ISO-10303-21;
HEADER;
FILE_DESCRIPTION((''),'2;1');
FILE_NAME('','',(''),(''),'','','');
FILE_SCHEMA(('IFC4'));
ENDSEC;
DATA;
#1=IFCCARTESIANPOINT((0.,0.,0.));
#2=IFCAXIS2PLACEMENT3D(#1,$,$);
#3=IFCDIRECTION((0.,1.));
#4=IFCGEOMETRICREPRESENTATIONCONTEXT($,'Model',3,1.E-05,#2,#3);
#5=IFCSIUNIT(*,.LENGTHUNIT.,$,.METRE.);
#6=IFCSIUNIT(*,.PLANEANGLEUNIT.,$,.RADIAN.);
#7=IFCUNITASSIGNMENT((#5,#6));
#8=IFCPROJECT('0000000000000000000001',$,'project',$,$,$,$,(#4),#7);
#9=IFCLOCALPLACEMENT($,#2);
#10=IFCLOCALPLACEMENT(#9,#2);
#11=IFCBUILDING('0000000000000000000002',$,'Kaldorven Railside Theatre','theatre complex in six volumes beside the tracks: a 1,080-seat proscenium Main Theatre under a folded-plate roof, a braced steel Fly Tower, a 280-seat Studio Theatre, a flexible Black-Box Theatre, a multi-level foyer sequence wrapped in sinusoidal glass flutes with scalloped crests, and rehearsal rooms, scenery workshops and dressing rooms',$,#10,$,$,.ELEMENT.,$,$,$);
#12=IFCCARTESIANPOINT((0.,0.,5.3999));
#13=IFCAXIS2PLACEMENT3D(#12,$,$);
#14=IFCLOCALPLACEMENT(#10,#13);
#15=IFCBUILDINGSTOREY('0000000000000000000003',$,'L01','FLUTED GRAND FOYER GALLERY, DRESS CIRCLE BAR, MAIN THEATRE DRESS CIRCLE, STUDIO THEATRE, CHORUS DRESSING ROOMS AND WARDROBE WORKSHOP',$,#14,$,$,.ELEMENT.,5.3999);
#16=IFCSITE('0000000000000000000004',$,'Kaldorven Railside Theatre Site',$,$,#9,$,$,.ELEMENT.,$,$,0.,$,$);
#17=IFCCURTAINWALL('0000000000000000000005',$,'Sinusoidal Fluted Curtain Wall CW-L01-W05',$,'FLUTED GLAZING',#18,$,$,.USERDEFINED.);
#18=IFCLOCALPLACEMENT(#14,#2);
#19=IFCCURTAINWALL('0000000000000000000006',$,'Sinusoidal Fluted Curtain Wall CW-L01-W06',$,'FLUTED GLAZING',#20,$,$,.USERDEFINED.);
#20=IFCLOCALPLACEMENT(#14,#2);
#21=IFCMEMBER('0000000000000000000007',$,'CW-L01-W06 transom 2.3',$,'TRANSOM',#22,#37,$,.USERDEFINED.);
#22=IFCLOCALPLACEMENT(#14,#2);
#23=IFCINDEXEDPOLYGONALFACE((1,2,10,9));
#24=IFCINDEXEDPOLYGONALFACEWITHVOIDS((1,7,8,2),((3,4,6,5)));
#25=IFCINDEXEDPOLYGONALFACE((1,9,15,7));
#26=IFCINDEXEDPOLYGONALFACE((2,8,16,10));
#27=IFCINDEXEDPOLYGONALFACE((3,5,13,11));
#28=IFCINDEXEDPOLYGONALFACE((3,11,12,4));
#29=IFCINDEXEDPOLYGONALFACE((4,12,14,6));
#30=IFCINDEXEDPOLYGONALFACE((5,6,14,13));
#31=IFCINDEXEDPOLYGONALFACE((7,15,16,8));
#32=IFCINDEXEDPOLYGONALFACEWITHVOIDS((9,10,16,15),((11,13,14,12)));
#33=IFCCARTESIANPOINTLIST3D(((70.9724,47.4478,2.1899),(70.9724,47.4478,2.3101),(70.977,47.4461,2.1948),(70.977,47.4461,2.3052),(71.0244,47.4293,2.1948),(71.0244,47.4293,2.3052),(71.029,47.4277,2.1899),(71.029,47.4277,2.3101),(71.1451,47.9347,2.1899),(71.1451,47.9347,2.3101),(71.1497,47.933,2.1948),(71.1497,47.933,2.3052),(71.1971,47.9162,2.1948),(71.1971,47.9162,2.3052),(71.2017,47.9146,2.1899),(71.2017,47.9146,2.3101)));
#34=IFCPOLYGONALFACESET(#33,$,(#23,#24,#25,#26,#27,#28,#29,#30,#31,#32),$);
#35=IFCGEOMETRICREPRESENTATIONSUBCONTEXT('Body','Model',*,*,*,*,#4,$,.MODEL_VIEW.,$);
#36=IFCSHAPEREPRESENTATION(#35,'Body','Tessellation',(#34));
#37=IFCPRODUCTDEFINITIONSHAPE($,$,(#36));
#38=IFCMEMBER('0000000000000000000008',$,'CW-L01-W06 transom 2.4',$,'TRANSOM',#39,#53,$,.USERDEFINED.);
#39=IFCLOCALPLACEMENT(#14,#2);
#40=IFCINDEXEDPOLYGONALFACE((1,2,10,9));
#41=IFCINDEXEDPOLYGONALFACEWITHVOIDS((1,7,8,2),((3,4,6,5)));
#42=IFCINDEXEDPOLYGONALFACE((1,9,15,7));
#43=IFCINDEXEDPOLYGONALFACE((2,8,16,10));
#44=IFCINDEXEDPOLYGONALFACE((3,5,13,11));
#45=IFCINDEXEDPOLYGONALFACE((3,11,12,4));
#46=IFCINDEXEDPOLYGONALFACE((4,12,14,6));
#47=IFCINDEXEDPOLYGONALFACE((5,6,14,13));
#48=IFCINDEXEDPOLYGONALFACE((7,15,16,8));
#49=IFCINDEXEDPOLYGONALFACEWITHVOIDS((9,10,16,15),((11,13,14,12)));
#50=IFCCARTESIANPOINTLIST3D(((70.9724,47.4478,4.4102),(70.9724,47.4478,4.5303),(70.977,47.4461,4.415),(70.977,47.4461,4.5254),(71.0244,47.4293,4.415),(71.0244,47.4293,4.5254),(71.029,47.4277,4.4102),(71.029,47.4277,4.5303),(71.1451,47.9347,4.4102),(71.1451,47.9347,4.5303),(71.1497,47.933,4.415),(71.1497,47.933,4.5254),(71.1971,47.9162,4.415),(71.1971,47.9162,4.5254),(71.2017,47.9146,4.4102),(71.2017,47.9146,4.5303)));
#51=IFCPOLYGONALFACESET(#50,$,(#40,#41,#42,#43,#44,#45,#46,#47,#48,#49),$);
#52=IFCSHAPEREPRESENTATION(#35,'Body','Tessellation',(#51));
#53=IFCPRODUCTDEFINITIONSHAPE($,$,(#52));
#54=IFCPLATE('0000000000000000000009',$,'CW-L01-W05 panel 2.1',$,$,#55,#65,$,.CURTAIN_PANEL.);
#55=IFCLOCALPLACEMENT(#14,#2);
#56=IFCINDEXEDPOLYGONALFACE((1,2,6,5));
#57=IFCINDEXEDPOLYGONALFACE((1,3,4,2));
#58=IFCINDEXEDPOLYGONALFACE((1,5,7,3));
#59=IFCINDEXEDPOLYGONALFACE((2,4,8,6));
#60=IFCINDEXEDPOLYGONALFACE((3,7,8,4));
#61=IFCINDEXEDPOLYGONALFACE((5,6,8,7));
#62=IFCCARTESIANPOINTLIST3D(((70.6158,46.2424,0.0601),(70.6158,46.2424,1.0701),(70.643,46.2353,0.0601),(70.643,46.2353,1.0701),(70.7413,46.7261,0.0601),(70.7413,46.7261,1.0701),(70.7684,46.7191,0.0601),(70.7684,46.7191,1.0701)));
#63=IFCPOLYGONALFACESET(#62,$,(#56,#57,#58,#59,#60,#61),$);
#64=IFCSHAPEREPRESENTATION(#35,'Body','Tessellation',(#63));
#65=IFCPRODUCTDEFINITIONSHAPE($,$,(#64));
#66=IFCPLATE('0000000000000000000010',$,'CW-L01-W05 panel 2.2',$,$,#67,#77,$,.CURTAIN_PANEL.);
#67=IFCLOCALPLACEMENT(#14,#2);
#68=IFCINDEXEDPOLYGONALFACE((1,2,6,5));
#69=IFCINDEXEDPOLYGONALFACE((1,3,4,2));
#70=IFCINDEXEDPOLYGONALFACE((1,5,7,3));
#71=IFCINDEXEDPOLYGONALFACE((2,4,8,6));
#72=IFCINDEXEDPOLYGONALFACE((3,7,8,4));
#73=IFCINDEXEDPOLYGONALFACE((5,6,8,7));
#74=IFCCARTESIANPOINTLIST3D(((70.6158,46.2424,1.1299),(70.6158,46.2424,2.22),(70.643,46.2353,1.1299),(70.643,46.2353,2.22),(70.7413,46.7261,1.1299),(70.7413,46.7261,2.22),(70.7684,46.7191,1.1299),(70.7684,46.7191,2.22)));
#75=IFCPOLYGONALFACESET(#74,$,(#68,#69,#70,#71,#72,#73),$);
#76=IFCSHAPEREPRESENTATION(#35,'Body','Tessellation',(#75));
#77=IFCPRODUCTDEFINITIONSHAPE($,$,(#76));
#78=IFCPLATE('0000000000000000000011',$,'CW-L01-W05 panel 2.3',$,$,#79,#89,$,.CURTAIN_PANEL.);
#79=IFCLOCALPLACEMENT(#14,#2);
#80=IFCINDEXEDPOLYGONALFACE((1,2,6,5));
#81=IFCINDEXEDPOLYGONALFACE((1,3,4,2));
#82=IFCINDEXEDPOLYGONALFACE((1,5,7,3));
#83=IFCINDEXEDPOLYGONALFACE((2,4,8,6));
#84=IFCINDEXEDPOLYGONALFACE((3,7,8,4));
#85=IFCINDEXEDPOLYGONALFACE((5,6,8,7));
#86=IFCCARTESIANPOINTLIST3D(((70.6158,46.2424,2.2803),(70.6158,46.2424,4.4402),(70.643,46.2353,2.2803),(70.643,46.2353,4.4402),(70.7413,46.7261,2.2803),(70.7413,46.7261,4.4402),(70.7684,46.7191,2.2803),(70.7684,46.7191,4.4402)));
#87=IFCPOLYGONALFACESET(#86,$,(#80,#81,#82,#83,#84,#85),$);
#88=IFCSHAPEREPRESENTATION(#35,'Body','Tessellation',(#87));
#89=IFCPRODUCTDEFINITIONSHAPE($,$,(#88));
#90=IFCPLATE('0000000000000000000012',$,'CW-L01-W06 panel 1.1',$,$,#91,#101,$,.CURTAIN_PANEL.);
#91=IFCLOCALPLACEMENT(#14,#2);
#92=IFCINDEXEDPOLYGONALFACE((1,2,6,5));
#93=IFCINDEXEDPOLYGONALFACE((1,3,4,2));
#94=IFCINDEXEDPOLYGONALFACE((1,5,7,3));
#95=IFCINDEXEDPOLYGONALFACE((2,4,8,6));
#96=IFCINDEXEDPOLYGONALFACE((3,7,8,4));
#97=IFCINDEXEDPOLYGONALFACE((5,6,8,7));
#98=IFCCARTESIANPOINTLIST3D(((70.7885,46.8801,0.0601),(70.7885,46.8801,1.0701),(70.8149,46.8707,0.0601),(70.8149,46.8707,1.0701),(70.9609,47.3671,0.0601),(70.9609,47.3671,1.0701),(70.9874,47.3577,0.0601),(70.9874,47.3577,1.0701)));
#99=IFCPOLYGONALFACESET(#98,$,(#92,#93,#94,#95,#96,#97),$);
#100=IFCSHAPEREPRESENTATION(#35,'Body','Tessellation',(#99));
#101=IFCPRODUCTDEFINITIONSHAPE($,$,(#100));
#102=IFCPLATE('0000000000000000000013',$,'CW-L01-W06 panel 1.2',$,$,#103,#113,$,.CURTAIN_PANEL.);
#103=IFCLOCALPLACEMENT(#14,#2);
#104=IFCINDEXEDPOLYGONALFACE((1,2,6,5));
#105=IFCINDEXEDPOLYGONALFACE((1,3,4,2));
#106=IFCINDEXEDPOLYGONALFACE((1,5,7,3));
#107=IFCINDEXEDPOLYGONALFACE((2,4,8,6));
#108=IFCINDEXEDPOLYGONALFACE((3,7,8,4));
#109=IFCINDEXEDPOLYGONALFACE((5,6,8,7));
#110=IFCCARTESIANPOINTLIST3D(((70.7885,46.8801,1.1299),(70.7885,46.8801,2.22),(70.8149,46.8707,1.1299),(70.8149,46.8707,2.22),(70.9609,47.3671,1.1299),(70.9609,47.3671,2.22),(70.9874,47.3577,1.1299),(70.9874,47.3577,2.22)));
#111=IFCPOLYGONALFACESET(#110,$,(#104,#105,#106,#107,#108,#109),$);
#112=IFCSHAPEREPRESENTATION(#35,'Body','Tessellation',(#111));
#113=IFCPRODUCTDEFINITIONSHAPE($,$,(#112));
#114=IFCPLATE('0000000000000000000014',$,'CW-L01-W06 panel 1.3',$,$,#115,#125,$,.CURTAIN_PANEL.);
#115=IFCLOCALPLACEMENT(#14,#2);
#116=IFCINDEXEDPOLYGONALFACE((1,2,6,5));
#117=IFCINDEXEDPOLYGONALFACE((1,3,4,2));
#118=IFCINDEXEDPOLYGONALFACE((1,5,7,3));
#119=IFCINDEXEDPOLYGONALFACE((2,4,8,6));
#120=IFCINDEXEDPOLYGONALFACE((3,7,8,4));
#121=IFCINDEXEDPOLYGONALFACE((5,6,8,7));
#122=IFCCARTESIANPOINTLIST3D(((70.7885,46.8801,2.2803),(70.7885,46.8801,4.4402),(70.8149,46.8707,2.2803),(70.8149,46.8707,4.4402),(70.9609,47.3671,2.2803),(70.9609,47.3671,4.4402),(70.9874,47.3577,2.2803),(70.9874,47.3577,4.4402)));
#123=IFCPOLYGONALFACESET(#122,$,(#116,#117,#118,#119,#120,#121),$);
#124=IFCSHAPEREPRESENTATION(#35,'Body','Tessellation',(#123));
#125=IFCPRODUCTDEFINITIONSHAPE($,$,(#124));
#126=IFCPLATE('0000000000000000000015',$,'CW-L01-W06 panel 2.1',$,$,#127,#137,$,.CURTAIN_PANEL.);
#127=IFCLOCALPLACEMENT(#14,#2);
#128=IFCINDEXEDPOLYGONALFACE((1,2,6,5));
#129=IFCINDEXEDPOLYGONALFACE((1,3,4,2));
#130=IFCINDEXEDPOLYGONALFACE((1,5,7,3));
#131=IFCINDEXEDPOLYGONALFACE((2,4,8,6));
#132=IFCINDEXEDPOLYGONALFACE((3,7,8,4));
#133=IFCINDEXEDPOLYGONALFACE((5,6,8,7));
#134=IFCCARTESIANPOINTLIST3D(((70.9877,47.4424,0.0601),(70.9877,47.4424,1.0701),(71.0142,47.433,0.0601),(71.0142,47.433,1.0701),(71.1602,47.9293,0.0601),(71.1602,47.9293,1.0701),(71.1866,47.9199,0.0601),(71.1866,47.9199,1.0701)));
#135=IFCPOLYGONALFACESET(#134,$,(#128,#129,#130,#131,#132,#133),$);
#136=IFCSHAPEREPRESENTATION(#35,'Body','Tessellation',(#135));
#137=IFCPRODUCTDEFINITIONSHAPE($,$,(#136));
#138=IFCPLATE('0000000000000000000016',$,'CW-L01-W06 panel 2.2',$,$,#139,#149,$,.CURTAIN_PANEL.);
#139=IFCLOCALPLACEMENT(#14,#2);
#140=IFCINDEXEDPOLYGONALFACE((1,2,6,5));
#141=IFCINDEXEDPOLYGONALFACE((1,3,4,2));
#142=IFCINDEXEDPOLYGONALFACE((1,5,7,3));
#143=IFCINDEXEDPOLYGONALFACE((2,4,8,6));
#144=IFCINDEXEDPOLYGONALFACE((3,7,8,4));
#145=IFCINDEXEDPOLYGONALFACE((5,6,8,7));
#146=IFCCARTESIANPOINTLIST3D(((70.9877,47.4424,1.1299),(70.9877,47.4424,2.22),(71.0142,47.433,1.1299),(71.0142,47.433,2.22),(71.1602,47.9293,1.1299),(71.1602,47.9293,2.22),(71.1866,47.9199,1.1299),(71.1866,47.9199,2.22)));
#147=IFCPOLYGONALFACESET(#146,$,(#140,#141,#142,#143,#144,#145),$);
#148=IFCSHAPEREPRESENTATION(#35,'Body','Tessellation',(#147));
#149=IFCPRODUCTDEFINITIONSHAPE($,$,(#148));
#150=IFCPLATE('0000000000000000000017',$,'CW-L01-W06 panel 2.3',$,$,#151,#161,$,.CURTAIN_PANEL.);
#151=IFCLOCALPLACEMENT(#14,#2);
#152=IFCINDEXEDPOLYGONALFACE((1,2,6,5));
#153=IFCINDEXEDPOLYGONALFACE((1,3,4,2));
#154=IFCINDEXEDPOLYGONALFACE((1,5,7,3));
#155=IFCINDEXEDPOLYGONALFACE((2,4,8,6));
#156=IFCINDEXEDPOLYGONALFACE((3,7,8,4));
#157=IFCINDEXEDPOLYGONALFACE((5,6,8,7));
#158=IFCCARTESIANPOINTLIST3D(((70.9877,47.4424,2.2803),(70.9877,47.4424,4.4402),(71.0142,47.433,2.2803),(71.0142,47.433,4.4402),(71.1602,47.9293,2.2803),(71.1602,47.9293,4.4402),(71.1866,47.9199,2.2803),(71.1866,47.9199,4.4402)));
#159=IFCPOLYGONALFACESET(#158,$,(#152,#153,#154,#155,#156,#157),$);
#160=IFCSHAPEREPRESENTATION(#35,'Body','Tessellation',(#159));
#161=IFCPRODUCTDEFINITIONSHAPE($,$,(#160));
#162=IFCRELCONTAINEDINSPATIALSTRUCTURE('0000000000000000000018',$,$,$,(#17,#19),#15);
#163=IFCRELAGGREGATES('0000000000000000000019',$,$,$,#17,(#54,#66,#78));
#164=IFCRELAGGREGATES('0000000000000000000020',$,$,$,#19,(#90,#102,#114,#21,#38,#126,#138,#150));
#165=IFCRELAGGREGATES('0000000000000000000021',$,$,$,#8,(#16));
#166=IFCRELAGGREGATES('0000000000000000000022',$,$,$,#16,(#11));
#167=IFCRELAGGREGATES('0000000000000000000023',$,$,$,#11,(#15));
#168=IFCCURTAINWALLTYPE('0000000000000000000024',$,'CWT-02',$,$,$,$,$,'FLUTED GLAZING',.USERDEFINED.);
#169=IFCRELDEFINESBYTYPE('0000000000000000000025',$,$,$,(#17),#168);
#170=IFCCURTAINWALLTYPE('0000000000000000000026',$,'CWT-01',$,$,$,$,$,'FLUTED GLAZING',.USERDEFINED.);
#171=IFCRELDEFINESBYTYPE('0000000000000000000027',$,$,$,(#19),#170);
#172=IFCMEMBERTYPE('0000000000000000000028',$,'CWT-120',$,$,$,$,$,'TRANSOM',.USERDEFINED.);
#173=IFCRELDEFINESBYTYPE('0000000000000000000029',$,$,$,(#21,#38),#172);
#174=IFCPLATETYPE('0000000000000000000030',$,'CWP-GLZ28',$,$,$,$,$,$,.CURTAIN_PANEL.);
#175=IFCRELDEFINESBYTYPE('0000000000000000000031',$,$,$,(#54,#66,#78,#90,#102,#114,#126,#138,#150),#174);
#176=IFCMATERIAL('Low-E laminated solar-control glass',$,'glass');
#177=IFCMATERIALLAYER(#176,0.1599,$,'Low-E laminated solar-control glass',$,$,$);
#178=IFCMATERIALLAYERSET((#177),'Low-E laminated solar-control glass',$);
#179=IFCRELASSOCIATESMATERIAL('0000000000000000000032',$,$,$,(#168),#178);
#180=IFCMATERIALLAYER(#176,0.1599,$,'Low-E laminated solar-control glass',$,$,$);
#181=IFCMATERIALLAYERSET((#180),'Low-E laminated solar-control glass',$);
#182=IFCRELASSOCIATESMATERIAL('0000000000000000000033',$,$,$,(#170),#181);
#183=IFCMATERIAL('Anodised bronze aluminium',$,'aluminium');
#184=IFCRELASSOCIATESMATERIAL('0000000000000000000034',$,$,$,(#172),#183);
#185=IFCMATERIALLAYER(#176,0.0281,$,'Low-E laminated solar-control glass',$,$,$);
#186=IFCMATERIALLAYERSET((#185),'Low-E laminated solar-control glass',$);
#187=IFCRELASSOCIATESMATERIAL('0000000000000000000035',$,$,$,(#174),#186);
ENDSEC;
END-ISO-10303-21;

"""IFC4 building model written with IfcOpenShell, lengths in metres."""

from ifc_helpers import new_model, si_unit, direction, frame, origin, origin_2d, place, context, subcontext, project, spatial, rectangle, hollow_rectangle, extrude, material, layer, layer_set, material_profile, profile_set, type_object, element, aggregate, save


model = new_model("IFC4")

# Units and contexts
model_context = context("Model", 3, precision=1e-05, world=origin(), true_north=direction((0.0, 1.0)))
body_context = subcontext(model_context, "Body", "Model", "MODEL_VIEW")
ifc_project = project(units=[si_unit("LENGTHUNIT", "METRE"), si_unit("PLANEANGLEUNIT", "RADIAN")], contexts=[model_context])

# Site, building, storey
site_placement = place(None, origin())
site = spatial("IfcSite", under=ifc_project, at=site_placement, Name="Kaldorven Railside Theatre Site", CompositionType="ELEMENT", RefElevation=0.0)
building_placement = place(site_placement, origin())
building = spatial("IfcBuilding", under=site, at=building_placement, Name="Kaldorven Railside Theatre", Description="theatre complex in six volumes beside the tracks: a 1,080-seat proscenium Main Theatre under a folded-plate roof, a braced steel Fly Tower, a 280-seat Studio Theatre, a flexible Black-Box Theatre, a multi-level foyer sequence wrapped in sinusoidal glass flutes with scalloped crests, and rehearsal rooms, scenery workshops and dressing rooms", CompositionType="ELEMENT")
storey_placement = place(building_placement, frame((0.0, 0.0, 5.3999)))
storey = spatial("IfcBuildingStorey", under=building, at=storey_placement, Name="L01", Description="FLUTED GRAND FOYER GALLERY, DRESS CIRCLE BAR, MAIN THEATRE DRESS CIRCLE, STUDIO THEATRE, CHORUS DRESSING ROOMS AND WARDROBE WORKSHOP", CompositionType="ELEMENT", Elevation=5.3999)

# Curtain wall
ifc_material_1 = material(Name="Low-E laminated solar-control glass", Category="glass")
ifc_layer_1 = layer(ifc_material_1, 0.1599, Name="Low-E laminated solar-control glass")
ifc_layer_set_1 = layer_set([ifc_layer_1], Name="Low-E laminated solar-control glass")
curtain_wall_type_1 = type_object("IfcCurtainWallType", Name="CWT-02", ElementType="FLUTED GLAZING", PredefinedType="USERDEFINED", material=ifc_layer_set_1)
curtain_wall_1_placement = place(storey_placement, origin())
curtain_wall_1 = element("IfcCurtainWall", 1, at=curtain_wall_1_placement, inside=storey, type_object=curtain_wall_type_1, Name="Sinusoidal Fluted Curtain Wall CW-L01-W05", ObjectType="FLUTED GLAZING", PredefinedType="USERDEFINED")
ifc_material_2 = material(Name="Anodised bronze aluminium", Category="aluminium")

# Curtain wall
ifc_layer_2 = layer(ifc_material_1, 0.1599, Name="Low-E laminated solar-control glass")
ifc_layer_set_2 = layer_set([ifc_layer_2], Name="Low-E laminated solar-control glass")
curtain_wall_type_2 = type_object("IfcCurtainWallType", Name="CWT-01", ElementType="FLUTED GLAZING", PredefinedType="USERDEFINED", material=ifc_layer_set_2)
curtain_wall_2_placement = place(storey_placement, origin())
curtain_wall_2 = element("IfcCurtainWall", 2, at=curtain_wall_2_placement, inside=storey, type_object=curtain_wall_type_2, Name="Sinusoidal Fluted Curtain Wall CW-L01-W06", ObjectType="FLUTED GLAZING", PredefinedType="USERDEFINED")

# Members
ifc_material_profile_1 = material_profile(ifc_material_2, hollow_rectangle(XDim=0.0601, YDim=0.1201, WallThickness=0.0049, at=origin_2d()), Name="RHS 120x60x5")
ifc_profile_set_1 = profile_set([ifc_material_profile_1], Name="Anodised bronze aluminium")
member_type_1 = type_object("IfcMemberType", Name="CWT-120", ElementType="TRANSOM", PredefinedType="USERDEFINED", material=ifc_profile_set_1)
member_1_placement = place(storey_placement, frame((71.0007, 47.4377, 2.25), z_axis=(0.33418, 0.942509, 0.0), x_axis=(-0.942509, 0.33418, 0.0)))
member_1 = element("IfcMember", 3, at=member_1_placement, type_object=member_type_1, Name="CW-L01-W06 transom 2.3", ObjectType="TRANSOM", PredefinedType="USERDEFINED", context=body_context, shape_type="SweptSolid", body=[
    extrude(hollow_rectangle(XDim=0.0601, YDim=0.1201, WallThickness=0.0049, at=origin_2d()), origin(), (0.0, 0.0, 1.0), 0.5166),
])
member_2_placement = place(storey_placement, frame((71.0007, 47.4377, 4.4702), z_axis=(0.33418, 0.942509, 0.0), x_axis=(-0.942509, 0.33418, 0.0)))
member_2 = element("IfcMember", 4, at=member_2_placement, type_object=member_type_1, Name="CW-L01-W06 transom 2.4", ObjectType="TRANSOM", PredefinedType="USERDEFINED", context=body_context, shape_type="SweptSolid", body=[
    extrude(hollow_rectangle(XDim=0.0601, YDim=0.1201, WallThickness=0.0049, at=origin_2d()), origin(), (0.0, 0.0, 1.0), 0.5166),
])

# Plates
ifc_layer_3 = layer(ifc_material_1, 0.0281, Name="Low-E laminated solar-control glass")
ifc_layer_set_3 = layer_set([ifc_layer_3], Name="Low-E laminated solar-control glass")
plate_type = type_object("IfcPlateType", Name="CWP-GLZ28", PredefinedType="CURTAIN_PANEL", material=ifc_layer_set_3)
plate_1_placement = place(storey_placement, frame((70.6921, 46.4807, 0.0601), z_axis=(0.0, 0.0, 1.0), x_axis=(0.250954, 0.967999, 0.0)))
plate_1 = element("IfcPlate", 5, at=plate_1_placement, type_object=plate_type, Name="CW-L01-W05 panel 2.1", PredefinedType="CURTAIN_PANEL", context=body_context, shape_type="SweptSolid", body=[
    extrude(rectangle(XDim=0.4998, YDim=0.0281, at=origin_2d()), origin(), (0.0, 0.0, 1.0), 1.01),
])
plate_2_placement = place(storey_placement, frame((70.6921, 46.4807, 1.1299), z_axis=(0.0, 0.0, 1.0), x_axis=(0.250954, 0.967999, 0.0)))
plate_2 = element("IfcPlate", 6, at=plate_2_placement, type_object=plate_type, Name="CW-L01-W05 panel 2.2", PredefinedType="CURTAIN_PANEL", context=body_context, shape_type="SweptSolid", body=[
    extrude(rectangle(XDim=0.4998, YDim=0.0281, at=origin_2d()), origin(), (0.0, 0.0, 1.0), 1.0901),
])
plate_3_placement = place(storey_placement, frame((70.6921, 46.4807, 2.2803), z_axis=(0.0, 0.0, 1.0), x_axis=(0.250954, 0.967999, 0.0)))
plate_3 = element("IfcPlate", 7, at=plate_3_placement, type_object=plate_type, Name="CW-L01-W05 panel 2.3", PredefinedType="CURTAIN_PANEL", context=body_context, shape_type="SweptSolid", body=[
    extrude(rectangle(XDim=0.4998, YDim=0.0281, at=origin_2d()), origin(), (0.0, 0.0, 1.0), 2.1599),
])
aggregate(curtain_wall_1, [plate_1, plate_2, plate_3])
plate_4_placement = place(storey_placement, frame((70.8879, 47.1189, 0.0601), z_axis=(0.0, 0.0, 1.0), x_axis=(0.333847, 0.942627, 0.0)))
plate_4 = element("IfcPlate", 8, at=plate_4_placement, type_object=plate_type, Name="CW-L01-W06 panel 1.1", PredefinedType="CURTAIN_PANEL", context=body_context, shape_type="SweptSolid", body=[
    extrude(rectangle(XDim=0.5166, YDim=0.0281, at=origin_2d()), origin(), (0.0, 0.0, 1.0), 1.01),
])
plate_5_placement = place(storey_placement, frame((70.8879, 47.1189, 1.1299), z_axis=(0.0, 0.0, 1.0), x_axis=(0.333847, 0.942627, 0.0)))
plate_5 = element("IfcPlate", 9, at=plate_5_placement, type_object=plate_type, Name="CW-L01-W06 panel 1.2", PredefinedType="CURTAIN_PANEL", context=body_context, shape_type="SweptSolid", body=[
    extrude(rectangle(XDim=0.5166, YDim=0.0281, at=origin_2d()), origin(), (0.0, 0.0, 1.0), 1.0901),
])
plate_6_placement = place(storey_placement, frame((70.8879, 47.1189, 2.2803), z_axis=(0.0, 0.0, 1.0), x_axis=(0.333847, 0.942627, 0.0)))
plate_6 = element("IfcPlate", 10, at=plate_6_placement, type_object=plate_type, Name="CW-L01-W06 panel 1.3", PredefinedType="CURTAIN_PANEL", context=body_context, shape_type="SweptSolid", body=[
    extrude(rectangle(XDim=0.5166, YDim=0.0281, at=origin_2d()), origin(), (0.0, 0.0, 1.0), 2.1599),
])
plate_7_placement = place(storey_placement, frame((71.0872, 47.6812, 0.0601), z_axis=(0.0, 0.0, 1.0), x_axis=(0.333847, 0.942627, 0.0)))
plate_7 = element("IfcPlate", 11, at=plate_7_placement, type_object=plate_type, Name="CW-L01-W06 panel 2.1", PredefinedType="CURTAIN_PANEL", context=body_context, shape_type="SweptSolid", body=[
    extrude(rectangle(XDim=0.5166, YDim=0.0281, at=origin_2d()), origin(), (0.0, 0.0, 1.0), 1.01),
])
plate_8_placement = place(storey_placement, frame((71.0872, 47.6812, 1.1299), z_axis=(0.0, 0.0, 1.0), x_axis=(0.333847, 0.942627, 0.0)))
plate_8 = element("IfcPlate", 12, at=plate_8_placement, type_object=plate_type, Name="CW-L01-W06 panel 2.2", PredefinedType="CURTAIN_PANEL", context=body_context, shape_type="SweptSolid", body=[
    extrude(rectangle(XDim=0.5166, YDim=0.0281, at=origin_2d()), origin(), (0.0, 0.0, 1.0), 1.0901),
])
plate_9_placement = place(storey_placement, frame((71.0872, 47.6812, 2.2803), z_axis=(0.0, 0.0, 1.0), x_axis=(0.333847, 0.942627, 0.0)))
plate_9 = element("IfcPlate", 13, at=plate_9_placement, type_object=plate_type, Name="CW-L01-W06 panel 2.3", PredefinedType="CURTAIN_PANEL", context=body_context, shape_type="SweptSolid", body=[
    extrude(rectangle(XDim=0.5166, YDim=0.0281, at=origin_2d()), origin(), (0.0, 0.0, 1.0), 2.1599),
])
aggregate(curtain_wall_2, [plate_4, plate_5, plate_6, member_1, member_2, plate_7, plate_8, plate_9])

save(model, "model.ifc")
